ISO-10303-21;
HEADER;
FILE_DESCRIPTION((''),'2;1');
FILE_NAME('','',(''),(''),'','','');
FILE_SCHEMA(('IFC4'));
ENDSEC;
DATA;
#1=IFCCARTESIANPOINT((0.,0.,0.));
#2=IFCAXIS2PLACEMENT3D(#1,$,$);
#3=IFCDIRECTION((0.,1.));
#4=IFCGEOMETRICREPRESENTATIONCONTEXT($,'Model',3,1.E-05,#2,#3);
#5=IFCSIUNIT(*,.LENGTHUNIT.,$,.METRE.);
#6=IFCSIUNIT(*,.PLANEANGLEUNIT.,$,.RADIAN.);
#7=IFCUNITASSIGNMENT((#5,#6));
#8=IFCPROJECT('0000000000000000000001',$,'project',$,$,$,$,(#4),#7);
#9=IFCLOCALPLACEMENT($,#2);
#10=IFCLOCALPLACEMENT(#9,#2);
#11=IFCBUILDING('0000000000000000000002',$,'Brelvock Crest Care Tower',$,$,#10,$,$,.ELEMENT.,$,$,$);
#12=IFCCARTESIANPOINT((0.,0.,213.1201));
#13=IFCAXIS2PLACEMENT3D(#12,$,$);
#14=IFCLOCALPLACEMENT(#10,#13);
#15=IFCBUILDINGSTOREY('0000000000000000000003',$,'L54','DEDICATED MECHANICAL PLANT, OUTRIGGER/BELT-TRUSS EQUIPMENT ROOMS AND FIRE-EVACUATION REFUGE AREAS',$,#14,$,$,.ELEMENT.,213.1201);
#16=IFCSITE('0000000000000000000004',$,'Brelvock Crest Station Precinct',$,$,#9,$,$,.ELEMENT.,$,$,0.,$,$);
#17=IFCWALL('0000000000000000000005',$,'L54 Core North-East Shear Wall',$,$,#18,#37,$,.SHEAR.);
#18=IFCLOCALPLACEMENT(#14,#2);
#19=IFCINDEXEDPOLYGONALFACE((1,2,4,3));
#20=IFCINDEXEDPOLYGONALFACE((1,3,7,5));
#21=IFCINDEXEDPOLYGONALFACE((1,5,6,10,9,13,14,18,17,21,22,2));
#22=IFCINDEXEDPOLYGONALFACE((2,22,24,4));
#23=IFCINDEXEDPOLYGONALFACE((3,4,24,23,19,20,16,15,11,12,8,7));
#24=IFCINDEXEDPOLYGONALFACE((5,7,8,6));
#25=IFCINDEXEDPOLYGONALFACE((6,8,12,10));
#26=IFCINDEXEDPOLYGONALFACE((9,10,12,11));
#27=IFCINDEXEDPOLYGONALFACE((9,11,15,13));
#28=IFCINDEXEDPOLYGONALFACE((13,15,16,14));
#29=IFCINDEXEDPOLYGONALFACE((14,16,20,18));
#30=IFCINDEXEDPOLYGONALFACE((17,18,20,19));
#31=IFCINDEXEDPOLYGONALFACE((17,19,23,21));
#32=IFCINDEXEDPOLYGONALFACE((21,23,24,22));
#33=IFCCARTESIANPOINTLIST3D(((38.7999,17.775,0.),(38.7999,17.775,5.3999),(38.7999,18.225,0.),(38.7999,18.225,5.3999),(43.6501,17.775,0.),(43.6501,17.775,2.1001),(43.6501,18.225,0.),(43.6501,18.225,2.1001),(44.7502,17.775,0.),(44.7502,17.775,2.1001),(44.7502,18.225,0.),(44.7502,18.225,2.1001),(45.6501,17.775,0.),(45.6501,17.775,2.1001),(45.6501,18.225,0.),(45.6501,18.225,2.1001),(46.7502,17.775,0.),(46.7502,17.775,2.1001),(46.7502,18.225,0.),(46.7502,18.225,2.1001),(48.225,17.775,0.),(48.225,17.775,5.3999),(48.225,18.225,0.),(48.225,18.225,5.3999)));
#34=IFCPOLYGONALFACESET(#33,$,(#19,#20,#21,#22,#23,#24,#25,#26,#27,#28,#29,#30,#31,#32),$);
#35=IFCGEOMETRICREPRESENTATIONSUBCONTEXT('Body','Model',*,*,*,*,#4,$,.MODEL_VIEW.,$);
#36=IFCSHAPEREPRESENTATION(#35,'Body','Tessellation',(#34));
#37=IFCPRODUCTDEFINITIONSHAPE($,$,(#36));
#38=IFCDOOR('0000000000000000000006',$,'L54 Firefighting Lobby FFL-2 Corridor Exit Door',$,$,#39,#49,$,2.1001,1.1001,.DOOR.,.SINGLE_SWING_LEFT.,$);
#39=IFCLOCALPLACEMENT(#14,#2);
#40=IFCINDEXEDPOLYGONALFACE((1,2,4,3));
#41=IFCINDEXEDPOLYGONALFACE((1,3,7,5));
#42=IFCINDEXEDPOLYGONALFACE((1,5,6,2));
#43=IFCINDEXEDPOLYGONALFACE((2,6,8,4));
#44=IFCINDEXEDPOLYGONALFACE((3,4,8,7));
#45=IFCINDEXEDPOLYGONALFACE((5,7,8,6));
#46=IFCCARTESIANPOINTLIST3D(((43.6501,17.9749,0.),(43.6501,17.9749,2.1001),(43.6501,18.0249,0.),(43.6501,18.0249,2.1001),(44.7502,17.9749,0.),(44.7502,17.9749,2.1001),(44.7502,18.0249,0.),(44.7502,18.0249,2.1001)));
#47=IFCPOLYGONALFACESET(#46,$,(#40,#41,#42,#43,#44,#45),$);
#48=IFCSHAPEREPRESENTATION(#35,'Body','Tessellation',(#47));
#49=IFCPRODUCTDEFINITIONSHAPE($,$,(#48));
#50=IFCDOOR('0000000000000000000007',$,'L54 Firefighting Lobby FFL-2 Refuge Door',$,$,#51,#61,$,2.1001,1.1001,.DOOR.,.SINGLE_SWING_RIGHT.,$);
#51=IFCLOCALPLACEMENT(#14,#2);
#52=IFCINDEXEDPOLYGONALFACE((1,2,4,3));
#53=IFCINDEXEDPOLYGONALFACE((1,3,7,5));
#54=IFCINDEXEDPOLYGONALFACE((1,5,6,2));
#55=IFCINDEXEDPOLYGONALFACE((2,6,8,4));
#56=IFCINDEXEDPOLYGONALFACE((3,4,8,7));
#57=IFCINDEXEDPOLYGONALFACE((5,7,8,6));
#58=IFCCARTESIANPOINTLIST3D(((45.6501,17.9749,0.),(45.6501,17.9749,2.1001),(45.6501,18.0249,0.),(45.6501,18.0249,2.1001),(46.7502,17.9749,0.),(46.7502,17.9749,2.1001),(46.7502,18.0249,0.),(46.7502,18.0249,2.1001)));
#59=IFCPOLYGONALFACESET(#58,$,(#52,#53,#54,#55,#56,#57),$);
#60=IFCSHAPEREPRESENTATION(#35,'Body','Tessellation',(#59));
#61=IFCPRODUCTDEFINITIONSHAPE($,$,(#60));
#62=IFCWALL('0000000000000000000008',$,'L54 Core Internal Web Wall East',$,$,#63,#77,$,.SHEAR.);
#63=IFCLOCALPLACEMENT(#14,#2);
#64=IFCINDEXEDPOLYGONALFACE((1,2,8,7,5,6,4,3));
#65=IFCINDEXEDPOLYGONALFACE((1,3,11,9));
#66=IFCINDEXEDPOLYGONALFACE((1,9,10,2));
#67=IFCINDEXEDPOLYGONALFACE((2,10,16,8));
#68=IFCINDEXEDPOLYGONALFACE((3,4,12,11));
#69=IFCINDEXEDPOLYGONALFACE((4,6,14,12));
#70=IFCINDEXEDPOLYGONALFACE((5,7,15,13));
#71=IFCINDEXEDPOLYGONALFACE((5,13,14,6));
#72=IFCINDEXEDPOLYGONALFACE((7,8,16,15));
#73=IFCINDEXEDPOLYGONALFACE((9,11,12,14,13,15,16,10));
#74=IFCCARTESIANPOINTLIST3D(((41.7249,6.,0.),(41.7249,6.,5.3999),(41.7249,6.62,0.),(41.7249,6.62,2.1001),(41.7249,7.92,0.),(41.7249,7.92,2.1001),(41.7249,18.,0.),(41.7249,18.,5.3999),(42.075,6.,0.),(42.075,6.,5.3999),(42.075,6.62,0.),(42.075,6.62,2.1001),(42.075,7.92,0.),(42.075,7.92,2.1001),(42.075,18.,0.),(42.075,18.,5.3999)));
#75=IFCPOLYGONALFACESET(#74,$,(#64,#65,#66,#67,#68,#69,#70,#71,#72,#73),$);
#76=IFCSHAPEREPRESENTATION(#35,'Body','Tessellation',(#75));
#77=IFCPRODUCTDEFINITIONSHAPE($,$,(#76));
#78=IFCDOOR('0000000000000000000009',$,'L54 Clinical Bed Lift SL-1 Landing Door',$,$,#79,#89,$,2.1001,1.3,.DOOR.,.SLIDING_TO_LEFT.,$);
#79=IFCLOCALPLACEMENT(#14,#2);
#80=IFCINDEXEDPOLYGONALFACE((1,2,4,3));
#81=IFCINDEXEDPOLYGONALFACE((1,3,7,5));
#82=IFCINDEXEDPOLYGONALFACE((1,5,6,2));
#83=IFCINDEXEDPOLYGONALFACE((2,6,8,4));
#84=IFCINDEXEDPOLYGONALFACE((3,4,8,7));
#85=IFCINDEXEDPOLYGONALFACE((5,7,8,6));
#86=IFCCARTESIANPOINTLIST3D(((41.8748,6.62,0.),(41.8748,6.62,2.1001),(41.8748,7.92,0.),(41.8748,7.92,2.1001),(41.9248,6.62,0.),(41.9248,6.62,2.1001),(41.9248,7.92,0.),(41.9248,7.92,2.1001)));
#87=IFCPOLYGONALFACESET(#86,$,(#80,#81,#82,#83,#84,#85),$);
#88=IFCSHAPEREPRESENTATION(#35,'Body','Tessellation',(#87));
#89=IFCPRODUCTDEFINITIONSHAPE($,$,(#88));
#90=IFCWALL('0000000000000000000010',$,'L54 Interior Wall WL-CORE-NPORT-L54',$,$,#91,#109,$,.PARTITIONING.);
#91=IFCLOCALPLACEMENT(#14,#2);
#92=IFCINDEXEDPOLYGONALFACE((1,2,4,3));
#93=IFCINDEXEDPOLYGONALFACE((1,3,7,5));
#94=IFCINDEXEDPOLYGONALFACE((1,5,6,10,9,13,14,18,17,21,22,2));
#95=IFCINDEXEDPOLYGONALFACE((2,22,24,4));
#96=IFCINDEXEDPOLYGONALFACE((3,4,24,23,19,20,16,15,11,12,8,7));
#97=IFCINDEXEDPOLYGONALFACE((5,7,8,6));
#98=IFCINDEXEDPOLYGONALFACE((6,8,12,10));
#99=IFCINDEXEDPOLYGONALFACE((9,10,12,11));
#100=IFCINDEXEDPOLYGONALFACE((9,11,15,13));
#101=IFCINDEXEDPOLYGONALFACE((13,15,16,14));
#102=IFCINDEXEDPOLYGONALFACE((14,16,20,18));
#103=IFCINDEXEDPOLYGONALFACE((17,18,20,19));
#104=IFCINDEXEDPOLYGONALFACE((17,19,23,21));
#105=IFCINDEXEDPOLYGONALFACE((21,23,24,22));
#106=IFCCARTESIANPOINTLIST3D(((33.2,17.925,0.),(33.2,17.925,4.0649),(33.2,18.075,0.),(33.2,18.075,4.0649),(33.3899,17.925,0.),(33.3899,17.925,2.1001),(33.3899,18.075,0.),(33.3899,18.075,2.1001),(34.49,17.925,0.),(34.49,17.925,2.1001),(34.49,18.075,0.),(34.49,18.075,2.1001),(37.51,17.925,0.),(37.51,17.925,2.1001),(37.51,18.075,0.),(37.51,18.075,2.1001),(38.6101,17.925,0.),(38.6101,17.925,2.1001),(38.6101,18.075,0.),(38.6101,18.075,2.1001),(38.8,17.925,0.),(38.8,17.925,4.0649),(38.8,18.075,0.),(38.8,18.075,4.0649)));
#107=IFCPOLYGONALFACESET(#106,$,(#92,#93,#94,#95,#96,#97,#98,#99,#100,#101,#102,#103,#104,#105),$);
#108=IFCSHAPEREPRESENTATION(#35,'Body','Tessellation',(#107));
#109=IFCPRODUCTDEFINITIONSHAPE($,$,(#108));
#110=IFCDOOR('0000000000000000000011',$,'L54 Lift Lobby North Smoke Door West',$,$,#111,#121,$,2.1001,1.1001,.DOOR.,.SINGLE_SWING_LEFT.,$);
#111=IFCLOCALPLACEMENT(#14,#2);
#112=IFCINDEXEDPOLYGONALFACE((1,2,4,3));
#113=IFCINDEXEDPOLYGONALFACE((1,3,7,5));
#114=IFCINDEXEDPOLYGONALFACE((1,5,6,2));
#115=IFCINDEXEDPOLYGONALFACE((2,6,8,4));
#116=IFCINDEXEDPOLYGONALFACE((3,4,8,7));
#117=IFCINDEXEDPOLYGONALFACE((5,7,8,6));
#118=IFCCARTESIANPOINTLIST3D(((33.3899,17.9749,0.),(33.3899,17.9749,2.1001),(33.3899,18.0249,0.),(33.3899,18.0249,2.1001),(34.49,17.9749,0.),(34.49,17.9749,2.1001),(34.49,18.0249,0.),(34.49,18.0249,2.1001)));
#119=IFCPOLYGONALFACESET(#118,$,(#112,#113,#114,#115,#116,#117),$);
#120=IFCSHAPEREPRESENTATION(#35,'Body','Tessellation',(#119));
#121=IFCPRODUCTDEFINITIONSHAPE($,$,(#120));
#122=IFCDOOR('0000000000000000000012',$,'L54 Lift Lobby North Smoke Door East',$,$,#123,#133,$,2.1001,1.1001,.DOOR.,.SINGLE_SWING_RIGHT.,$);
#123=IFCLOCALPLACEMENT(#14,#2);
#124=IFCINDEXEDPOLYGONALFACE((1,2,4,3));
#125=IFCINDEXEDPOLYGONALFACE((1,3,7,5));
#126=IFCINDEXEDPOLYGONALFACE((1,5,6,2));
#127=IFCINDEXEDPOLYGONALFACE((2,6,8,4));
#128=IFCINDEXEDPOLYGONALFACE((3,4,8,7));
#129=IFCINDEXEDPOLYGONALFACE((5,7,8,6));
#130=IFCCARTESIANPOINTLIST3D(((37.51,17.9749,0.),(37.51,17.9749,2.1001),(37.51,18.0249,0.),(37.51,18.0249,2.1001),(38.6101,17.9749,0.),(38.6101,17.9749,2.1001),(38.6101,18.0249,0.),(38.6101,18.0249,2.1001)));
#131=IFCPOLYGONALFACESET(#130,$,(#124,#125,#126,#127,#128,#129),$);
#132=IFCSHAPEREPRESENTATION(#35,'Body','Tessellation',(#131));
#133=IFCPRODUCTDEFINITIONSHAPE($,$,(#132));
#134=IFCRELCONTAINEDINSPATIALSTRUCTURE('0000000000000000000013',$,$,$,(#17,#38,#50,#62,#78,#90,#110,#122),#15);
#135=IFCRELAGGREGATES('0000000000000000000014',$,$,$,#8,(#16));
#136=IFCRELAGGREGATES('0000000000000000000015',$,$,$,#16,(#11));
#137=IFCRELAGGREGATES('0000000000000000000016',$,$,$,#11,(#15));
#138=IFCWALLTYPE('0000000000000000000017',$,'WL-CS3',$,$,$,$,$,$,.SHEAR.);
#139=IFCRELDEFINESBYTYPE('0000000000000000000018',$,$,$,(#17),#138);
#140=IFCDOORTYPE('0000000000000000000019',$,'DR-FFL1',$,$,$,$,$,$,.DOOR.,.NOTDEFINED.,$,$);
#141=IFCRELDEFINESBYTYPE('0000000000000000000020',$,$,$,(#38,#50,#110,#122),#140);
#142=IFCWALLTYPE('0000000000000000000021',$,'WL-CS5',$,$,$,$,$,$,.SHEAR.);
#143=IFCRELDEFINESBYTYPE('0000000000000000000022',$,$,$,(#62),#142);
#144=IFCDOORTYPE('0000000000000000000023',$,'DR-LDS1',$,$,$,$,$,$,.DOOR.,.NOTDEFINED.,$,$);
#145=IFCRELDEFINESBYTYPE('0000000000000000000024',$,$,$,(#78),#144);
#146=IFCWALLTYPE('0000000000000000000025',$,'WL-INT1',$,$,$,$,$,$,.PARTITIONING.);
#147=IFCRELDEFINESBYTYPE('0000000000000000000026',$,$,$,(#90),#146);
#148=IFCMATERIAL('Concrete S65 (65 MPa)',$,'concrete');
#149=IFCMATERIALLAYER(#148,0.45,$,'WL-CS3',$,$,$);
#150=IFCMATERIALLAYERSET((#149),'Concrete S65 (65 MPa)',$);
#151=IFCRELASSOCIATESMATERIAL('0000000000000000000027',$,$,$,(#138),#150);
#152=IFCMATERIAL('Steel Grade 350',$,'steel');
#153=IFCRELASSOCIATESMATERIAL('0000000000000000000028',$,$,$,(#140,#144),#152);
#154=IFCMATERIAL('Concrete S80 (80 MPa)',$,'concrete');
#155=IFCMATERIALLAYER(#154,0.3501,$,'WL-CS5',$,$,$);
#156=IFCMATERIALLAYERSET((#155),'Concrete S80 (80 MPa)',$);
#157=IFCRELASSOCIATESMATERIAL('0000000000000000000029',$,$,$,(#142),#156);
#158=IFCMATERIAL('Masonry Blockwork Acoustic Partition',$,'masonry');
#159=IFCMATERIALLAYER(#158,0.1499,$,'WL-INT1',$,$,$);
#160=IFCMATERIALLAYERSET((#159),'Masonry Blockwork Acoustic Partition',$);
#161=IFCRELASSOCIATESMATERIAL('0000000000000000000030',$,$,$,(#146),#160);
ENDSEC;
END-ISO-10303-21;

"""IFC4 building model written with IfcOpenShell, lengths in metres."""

from ifc_helpers import new_model, si_unit, direction, frame, frame_2d, origin, origin_2d, place, context, subcontext, project, spatial, rectangle, extrude, source, transform, mapped, material, layer, layer_set, type_object, element, fill, save


model = new_model("IFC4")

# Units and contexts
model_context = context("Model", 3, precision=1e-05, world=origin(), true_north=direction((0.0, 1.0)))
body_context = subcontext(model_context, "Body", "Model", "MODEL_VIEW")
ifc_project = project(units=[si_unit("LENGTHUNIT", "METRE"), si_unit("PLANEANGLEUNIT", "RADIAN")], contexts=[model_context])

# Site, building, storey
site_placement = place(None, origin())
site = spatial("IfcSite", under=ifc_project, at=site_placement, Name="Brelvock Crest Station Precinct", CompositionType="ELEMENT", RefElevation=0.0)
building_placement = place(site_placement, origin())
building = spatial("IfcBuilding", under=site, at=building_placement, Name="Brelvock Crest Care Tower", CompositionType="ELEMENT")
storey_placement = place(building_placement, frame((0.0, 0.0, 213.1201)))
storey = spatial("IfcBuildingStorey", under=building, at=storey_placement, Name="L54", Description="DEDICATED MECHANICAL PLANT, OUTRIGGER/BELT-TRUSS EQUIPMENT ROOMS AND FIRE-EVACUATION REFUGE AREAS", CompositionType="ELEMENT", Elevation=213.1201)

# Shared definitions
ifc_material_1 = material(Name="Concrete S65 (65 MPa)", Category="concrete")

# Shared definitions
ifc_material_2 = material(Name="Steel Grade 350", Category="steel")

# Shared definitions
ifc_layer_1 = layer(ifc_material_1, 0.45, Name="WL-CS3")
ifc_layer_set_1 = layer_set([ifc_layer_1], Name="Concrete S65 (65 MPa)")
wall_type_1 = type_object("IfcWallType", Name="WL-CS3", PredefinedType="SHEAR", material=ifc_layer_set_1)

# Wall, openings, doors
wall_1_placement = place(storey_placement, frame((38.8, 18.0, 0.0), z_axis=(0.0, 0.0, 1.0), x_axis=(1.0, 0.0, 0.0)))
wall_1 = element("IfcWall", 1, at=wall_1_placement, inside=storey, type_object=wall_type_1, Name="L54 Core North-East Shear Wall", PredefinedType="SHEAR", context=body_context, shape_type="SweptSolid", body=[
    extrude(rectangle(XDim=9.425, YDim=0.45, at=frame_2d((4.7124, 0.0))), origin(), (0.0, 0.0, 1.0), 5.3999),
])
opening_1_placement = place(wall_1_placement, frame((4.8501, 0.0, 0.0)))
opening_1 = element("IfcOpeningElement", 2, at=opening_1_placement, cuts=wall_1, PredefinedType="OPENING", context=body_context, shape_type="SweptSolid", body=[
    extrude(rectangle(XDim=1.1001, YDim=2.1001, at=origin_2d()), frame((0.55, 0.2349, 1.05), z_axis=(0.0, -1.0, 0.0), x_axis=(1.0, 0.0, 0.0)), (0.0, 0.0, 1.0), 0.47),
])
opening_2_placement = place(wall_1_placement, frame((6.8501, 0.0, 0.0)))
opening_2 = element("IfcOpeningElement", 3, at=opening_2_placement, cuts=wall_1, PredefinedType="OPENING", context=body_context, shape_type="SweptSolid", body=[
    extrude(rectangle(XDim=1.1001, YDim=2.1001, at=origin_2d()), frame((0.55, 0.2349, 1.05), z_axis=(0.0, -1.0, 0.0), x_axis=(1.0, 0.0, 0.0)), (0.0, 0.0, 1.0), 0.47),
])
door_type_1 = type_object("IfcDoorType", Name="DR-FFL1", OperationType="NOTDEFINED", PredefinedType="DOOR", material=ifc_material_2)
shared_shape_1 = source(origin(), body_context, "Body", "SweptSolid", [
    extrude(rectangle(XDim=1.1001, YDim=2.1001, at=origin_2d()), frame((0.55, 0.0249, 1.05), z_axis=(0.0, -1.0, 0.0), x_axis=(1.0, 0.0, 0.0)), (0.0, 0.0, 1.0), 0.05),
])
door_1_placement = place(opening_1_placement, origin())
door_1 = element("IfcDoor", 4, at=door_1_placement, inside=storey, type_object=door_type_1, Name="L54 Firefighting Lobby FFL-2 Corridor Exit Door", OperationType="SINGLE_SWING_LEFT", OverallHeight=2.1001, OverallWidth=1.1001, PredefinedType="DOOR", context=body_context, shape_type="MappedRepresentation", body=[
    mapped(shared_shape_1, transform((0.0, 0.0, 0.0), x_axis=(1.0, 0.0, 0.0), y_axis=(0.0, 1.0, 0.0), z_axis=(0.0, 0.0, 1.0), scale=1.0)),
])
fill(opening_1, door_1)
door_2_placement = place(opening_2_placement, origin())
door_2 = element("IfcDoor", 5, at=door_2_placement, inside=storey, type_object=door_type_1, Name="L54 Firefighting Lobby FFL-2 Refuge Door", OperationType="SINGLE_SWING_RIGHT", OverallHeight=2.1001, OverallWidth=1.1001, PredefinedType="DOOR", context=body_context, shape_type="MappedRepresentation", body=[
    mapped(shared_shape_1, transform((0.0, 0.0, 0.0), x_axis=(1.0, 0.0, 0.0), y_axis=(0.0, 1.0, 0.0), z_axis=(0.0, 0.0, 1.0), scale=1.0)),
])
fill(opening_2, door_2)

# Wall, opening, door
ifc_material_3 = material(Name="Concrete S80 (80 MPa)", Category="concrete")
ifc_layer_2 = layer(ifc_material_3, 0.3501, Name="WL-CS5")
ifc_layer_set_2 = layer_set([ifc_layer_2], Name="Concrete S80 (80 MPa)")
wall_type_2 = type_object("IfcWallType", Name="WL-CS5", PredefinedType="SHEAR", material=ifc_layer_set_2)
wall_2_placement = place(storey_placement, frame((41.8999, 18.0, 0.0), z_axis=(0.0, 0.0, 1.0), x_axis=(0.0, -1.0, 0.0)))
wall_2 = element("IfcWall", 6, at=wall_2_placement, inside=storey, type_object=wall_type_2, Name="L54 Core Internal Web Wall East", PredefinedType="SHEAR", context=body_context, shape_type="SweptSolid", body=[
    extrude(rectangle(XDim=12.0, YDim=0.3501, at=frame_2d((6.0, 0.0))), origin(), (0.0, 0.0, 1.0), 5.3999),
])
opening_3_placement = place(wall_2_placement, frame((10.0801, 0.0, 0.0)))
opening_3 = element("IfcOpeningElement", 7, at=opening_3_placement, cuts=wall_2, PredefinedType="OPENING", context=body_context, shape_type="SweptSolid", body=[
    extrude(rectangle(XDim=1.3, YDim=2.1001, at=origin_2d()), frame((0.6499, 0.1851, 1.05), z_axis=(0.0, -1.0, 0.0), x_axis=(1.0, 0.0, 0.0)), (0.0, 0.0, 1.0), 0.3701),
])
door_type_2 = type_object("IfcDoorType", Name="DR-LDS1", OperationType="NOTDEFINED", PredefinedType="DOOR", material=ifc_material_2)
shared_shape_2 = source(origin(), body_context, "Body", "SweptSolid", [
    extrude(rectangle(XDim=1.3, YDim=2.1001, at=origin_2d()), frame((0.6499, 0.0249, 1.05), z_axis=(0.0, -1.0, 0.0), x_axis=(1.0, 0.0, 0.0)), (0.0, 0.0, 1.0), 0.05),
])
door_3_placement = place(opening_3_placement, origin())
door_3 = element("IfcDoor", 8, at=door_3_placement, inside=storey, type_object=door_type_2, Name="L54 Clinical Bed Lift SL-1 Landing Door", OperationType="SLIDING_TO_LEFT", OverallHeight=2.1001, OverallWidth=1.3, PredefinedType="DOOR", context=body_context, shape_type="MappedRepresentation", body=[
    mapped(shared_shape_2, transform((0.0, 0.0, 0.0), x_axis=(1.0, 0.0, 0.0), y_axis=(0.0, 1.0, 0.0), z_axis=(0.0, 0.0, 1.0), scale=1.0)),
])
fill(opening_3, door_3)

# Wall, openings, doors
ifc_material_4 = material(Name="Masonry Blockwork Acoustic Partition", Category="masonry")
ifc_layer_3 = layer(ifc_material_4, 0.1499, Name="WL-INT1")
ifc_layer_set_3 = layer_set([ifc_layer_3], Name="Masonry Blockwork Acoustic Partition")
wall_type_3 = type_object("IfcWallType", Name="WL-INT1", PredefinedType="PARTITIONING", material=ifc_layer_set_3)
wall_3_placement = place(storey_placement, frame((33.2, 18.0, 0.0), z_axis=(0.0, 0.0, 1.0), x_axis=(1.0, 0.0, 0.0)))
wall_3 = element("IfcWall", 9, at=wall_3_placement, inside=storey, type_object=wall_type_3, Name="L54 Interior Wall WL-CORE-NPORT-L54", PredefinedType="PARTITIONING", context=body_context, shape_type="SweptSolid", body=[
    extrude(rectangle(XDim=5.6001, YDim=0.1499, at=frame_2d((2.8, 0.0))), origin(), (0.0, 0.0, 1.0), 4.0649),
])
opening_4_placement = place(wall_3_placement, frame((0.1899, 0.0, 0.0)))
opening_4 = element("IfcOpeningElement", 10, at=opening_4_placement, cuts=wall_3, PredefinedType="OPENING", context=body_context, shape_type="SweptSolid", body=[
    extrude(rectangle(XDim=1.1001, YDim=2.1001, at=origin_2d()), frame((0.55, 0.085, 1.05), z_axis=(0.0, -1.0, 0.0), x_axis=(1.0, 0.0, 0.0)), (0.0, 0.0, 1.0), 0.1699),
])
opening_5_placement = place(wall_3_placement, frame((4.3101, 0.0, 0.0)))
opening_5 = element("IfcOpeningElement", 11, at=opening_5_placement, cuts=wall_3, PredefinedType="OPENING", context=body_context, shape_type="SweptSolid", body=[
    extrude(rectangle(XDim=1.1001, YDim=2.1001, at=origin_2d()), frame((0.55, 0.085, 1.05), z_axis=(0.0, -1.0, 0.0), x_axis=(1.0, 0.0, 0.0)), (0.0, 0.0, 1.0), 0.1699),
])
door_4_placement = place(opening_4_placement, origin())
door_4 = element("IfcDoor", 12, at=door_4_placement, inside=storey, type_object=door_type_1, Name="L54 Lift Lobby North Smoke Door West", OperationType="SINGLE_SWING_LEFT", OverallHeight=2.1001, OverallWidth=1.1001, PredefinedType="DOOR", context=body_context, shape_type="MappedRepresentation", body=[
    mapped(shared_shape_1, transform((0.0, 0.0, 0.0), x_axis=(1.0, 0.0, 0.0), y_axis=(0.0, 1.0, 0.0), z_axis=(0.0, 0.0, 1.0), scale=1.0)),
])
fill(opening_4, door_4)
door_5_placement = place(opening_5_placement, origin())
door_5 = element("IfcDoor", 13, at=door_5_placement, inside=storey, type_object=door_type_1, Name="L54 Lift Lobby North Smoke Door East", OperationType="SINGLE_SWING_RIGHT", OverallHeight=2.1001, OverallWidth=1.1001, PredefinedType="DOOR", context=body_context, shape_type="MappedRepresentation", body=[
    mapped(shared_shape_1, transform((0.0, 0.0, 0.0), x_axis=(1.0, 0.0, 0.0), y_axis=(0.0, 1.0, 0.0), z_axis=(0.0, 0.0, 1.0), scale=1.0)),
])
fill(opening_5, door_5)

save(model, "model.ifc")
